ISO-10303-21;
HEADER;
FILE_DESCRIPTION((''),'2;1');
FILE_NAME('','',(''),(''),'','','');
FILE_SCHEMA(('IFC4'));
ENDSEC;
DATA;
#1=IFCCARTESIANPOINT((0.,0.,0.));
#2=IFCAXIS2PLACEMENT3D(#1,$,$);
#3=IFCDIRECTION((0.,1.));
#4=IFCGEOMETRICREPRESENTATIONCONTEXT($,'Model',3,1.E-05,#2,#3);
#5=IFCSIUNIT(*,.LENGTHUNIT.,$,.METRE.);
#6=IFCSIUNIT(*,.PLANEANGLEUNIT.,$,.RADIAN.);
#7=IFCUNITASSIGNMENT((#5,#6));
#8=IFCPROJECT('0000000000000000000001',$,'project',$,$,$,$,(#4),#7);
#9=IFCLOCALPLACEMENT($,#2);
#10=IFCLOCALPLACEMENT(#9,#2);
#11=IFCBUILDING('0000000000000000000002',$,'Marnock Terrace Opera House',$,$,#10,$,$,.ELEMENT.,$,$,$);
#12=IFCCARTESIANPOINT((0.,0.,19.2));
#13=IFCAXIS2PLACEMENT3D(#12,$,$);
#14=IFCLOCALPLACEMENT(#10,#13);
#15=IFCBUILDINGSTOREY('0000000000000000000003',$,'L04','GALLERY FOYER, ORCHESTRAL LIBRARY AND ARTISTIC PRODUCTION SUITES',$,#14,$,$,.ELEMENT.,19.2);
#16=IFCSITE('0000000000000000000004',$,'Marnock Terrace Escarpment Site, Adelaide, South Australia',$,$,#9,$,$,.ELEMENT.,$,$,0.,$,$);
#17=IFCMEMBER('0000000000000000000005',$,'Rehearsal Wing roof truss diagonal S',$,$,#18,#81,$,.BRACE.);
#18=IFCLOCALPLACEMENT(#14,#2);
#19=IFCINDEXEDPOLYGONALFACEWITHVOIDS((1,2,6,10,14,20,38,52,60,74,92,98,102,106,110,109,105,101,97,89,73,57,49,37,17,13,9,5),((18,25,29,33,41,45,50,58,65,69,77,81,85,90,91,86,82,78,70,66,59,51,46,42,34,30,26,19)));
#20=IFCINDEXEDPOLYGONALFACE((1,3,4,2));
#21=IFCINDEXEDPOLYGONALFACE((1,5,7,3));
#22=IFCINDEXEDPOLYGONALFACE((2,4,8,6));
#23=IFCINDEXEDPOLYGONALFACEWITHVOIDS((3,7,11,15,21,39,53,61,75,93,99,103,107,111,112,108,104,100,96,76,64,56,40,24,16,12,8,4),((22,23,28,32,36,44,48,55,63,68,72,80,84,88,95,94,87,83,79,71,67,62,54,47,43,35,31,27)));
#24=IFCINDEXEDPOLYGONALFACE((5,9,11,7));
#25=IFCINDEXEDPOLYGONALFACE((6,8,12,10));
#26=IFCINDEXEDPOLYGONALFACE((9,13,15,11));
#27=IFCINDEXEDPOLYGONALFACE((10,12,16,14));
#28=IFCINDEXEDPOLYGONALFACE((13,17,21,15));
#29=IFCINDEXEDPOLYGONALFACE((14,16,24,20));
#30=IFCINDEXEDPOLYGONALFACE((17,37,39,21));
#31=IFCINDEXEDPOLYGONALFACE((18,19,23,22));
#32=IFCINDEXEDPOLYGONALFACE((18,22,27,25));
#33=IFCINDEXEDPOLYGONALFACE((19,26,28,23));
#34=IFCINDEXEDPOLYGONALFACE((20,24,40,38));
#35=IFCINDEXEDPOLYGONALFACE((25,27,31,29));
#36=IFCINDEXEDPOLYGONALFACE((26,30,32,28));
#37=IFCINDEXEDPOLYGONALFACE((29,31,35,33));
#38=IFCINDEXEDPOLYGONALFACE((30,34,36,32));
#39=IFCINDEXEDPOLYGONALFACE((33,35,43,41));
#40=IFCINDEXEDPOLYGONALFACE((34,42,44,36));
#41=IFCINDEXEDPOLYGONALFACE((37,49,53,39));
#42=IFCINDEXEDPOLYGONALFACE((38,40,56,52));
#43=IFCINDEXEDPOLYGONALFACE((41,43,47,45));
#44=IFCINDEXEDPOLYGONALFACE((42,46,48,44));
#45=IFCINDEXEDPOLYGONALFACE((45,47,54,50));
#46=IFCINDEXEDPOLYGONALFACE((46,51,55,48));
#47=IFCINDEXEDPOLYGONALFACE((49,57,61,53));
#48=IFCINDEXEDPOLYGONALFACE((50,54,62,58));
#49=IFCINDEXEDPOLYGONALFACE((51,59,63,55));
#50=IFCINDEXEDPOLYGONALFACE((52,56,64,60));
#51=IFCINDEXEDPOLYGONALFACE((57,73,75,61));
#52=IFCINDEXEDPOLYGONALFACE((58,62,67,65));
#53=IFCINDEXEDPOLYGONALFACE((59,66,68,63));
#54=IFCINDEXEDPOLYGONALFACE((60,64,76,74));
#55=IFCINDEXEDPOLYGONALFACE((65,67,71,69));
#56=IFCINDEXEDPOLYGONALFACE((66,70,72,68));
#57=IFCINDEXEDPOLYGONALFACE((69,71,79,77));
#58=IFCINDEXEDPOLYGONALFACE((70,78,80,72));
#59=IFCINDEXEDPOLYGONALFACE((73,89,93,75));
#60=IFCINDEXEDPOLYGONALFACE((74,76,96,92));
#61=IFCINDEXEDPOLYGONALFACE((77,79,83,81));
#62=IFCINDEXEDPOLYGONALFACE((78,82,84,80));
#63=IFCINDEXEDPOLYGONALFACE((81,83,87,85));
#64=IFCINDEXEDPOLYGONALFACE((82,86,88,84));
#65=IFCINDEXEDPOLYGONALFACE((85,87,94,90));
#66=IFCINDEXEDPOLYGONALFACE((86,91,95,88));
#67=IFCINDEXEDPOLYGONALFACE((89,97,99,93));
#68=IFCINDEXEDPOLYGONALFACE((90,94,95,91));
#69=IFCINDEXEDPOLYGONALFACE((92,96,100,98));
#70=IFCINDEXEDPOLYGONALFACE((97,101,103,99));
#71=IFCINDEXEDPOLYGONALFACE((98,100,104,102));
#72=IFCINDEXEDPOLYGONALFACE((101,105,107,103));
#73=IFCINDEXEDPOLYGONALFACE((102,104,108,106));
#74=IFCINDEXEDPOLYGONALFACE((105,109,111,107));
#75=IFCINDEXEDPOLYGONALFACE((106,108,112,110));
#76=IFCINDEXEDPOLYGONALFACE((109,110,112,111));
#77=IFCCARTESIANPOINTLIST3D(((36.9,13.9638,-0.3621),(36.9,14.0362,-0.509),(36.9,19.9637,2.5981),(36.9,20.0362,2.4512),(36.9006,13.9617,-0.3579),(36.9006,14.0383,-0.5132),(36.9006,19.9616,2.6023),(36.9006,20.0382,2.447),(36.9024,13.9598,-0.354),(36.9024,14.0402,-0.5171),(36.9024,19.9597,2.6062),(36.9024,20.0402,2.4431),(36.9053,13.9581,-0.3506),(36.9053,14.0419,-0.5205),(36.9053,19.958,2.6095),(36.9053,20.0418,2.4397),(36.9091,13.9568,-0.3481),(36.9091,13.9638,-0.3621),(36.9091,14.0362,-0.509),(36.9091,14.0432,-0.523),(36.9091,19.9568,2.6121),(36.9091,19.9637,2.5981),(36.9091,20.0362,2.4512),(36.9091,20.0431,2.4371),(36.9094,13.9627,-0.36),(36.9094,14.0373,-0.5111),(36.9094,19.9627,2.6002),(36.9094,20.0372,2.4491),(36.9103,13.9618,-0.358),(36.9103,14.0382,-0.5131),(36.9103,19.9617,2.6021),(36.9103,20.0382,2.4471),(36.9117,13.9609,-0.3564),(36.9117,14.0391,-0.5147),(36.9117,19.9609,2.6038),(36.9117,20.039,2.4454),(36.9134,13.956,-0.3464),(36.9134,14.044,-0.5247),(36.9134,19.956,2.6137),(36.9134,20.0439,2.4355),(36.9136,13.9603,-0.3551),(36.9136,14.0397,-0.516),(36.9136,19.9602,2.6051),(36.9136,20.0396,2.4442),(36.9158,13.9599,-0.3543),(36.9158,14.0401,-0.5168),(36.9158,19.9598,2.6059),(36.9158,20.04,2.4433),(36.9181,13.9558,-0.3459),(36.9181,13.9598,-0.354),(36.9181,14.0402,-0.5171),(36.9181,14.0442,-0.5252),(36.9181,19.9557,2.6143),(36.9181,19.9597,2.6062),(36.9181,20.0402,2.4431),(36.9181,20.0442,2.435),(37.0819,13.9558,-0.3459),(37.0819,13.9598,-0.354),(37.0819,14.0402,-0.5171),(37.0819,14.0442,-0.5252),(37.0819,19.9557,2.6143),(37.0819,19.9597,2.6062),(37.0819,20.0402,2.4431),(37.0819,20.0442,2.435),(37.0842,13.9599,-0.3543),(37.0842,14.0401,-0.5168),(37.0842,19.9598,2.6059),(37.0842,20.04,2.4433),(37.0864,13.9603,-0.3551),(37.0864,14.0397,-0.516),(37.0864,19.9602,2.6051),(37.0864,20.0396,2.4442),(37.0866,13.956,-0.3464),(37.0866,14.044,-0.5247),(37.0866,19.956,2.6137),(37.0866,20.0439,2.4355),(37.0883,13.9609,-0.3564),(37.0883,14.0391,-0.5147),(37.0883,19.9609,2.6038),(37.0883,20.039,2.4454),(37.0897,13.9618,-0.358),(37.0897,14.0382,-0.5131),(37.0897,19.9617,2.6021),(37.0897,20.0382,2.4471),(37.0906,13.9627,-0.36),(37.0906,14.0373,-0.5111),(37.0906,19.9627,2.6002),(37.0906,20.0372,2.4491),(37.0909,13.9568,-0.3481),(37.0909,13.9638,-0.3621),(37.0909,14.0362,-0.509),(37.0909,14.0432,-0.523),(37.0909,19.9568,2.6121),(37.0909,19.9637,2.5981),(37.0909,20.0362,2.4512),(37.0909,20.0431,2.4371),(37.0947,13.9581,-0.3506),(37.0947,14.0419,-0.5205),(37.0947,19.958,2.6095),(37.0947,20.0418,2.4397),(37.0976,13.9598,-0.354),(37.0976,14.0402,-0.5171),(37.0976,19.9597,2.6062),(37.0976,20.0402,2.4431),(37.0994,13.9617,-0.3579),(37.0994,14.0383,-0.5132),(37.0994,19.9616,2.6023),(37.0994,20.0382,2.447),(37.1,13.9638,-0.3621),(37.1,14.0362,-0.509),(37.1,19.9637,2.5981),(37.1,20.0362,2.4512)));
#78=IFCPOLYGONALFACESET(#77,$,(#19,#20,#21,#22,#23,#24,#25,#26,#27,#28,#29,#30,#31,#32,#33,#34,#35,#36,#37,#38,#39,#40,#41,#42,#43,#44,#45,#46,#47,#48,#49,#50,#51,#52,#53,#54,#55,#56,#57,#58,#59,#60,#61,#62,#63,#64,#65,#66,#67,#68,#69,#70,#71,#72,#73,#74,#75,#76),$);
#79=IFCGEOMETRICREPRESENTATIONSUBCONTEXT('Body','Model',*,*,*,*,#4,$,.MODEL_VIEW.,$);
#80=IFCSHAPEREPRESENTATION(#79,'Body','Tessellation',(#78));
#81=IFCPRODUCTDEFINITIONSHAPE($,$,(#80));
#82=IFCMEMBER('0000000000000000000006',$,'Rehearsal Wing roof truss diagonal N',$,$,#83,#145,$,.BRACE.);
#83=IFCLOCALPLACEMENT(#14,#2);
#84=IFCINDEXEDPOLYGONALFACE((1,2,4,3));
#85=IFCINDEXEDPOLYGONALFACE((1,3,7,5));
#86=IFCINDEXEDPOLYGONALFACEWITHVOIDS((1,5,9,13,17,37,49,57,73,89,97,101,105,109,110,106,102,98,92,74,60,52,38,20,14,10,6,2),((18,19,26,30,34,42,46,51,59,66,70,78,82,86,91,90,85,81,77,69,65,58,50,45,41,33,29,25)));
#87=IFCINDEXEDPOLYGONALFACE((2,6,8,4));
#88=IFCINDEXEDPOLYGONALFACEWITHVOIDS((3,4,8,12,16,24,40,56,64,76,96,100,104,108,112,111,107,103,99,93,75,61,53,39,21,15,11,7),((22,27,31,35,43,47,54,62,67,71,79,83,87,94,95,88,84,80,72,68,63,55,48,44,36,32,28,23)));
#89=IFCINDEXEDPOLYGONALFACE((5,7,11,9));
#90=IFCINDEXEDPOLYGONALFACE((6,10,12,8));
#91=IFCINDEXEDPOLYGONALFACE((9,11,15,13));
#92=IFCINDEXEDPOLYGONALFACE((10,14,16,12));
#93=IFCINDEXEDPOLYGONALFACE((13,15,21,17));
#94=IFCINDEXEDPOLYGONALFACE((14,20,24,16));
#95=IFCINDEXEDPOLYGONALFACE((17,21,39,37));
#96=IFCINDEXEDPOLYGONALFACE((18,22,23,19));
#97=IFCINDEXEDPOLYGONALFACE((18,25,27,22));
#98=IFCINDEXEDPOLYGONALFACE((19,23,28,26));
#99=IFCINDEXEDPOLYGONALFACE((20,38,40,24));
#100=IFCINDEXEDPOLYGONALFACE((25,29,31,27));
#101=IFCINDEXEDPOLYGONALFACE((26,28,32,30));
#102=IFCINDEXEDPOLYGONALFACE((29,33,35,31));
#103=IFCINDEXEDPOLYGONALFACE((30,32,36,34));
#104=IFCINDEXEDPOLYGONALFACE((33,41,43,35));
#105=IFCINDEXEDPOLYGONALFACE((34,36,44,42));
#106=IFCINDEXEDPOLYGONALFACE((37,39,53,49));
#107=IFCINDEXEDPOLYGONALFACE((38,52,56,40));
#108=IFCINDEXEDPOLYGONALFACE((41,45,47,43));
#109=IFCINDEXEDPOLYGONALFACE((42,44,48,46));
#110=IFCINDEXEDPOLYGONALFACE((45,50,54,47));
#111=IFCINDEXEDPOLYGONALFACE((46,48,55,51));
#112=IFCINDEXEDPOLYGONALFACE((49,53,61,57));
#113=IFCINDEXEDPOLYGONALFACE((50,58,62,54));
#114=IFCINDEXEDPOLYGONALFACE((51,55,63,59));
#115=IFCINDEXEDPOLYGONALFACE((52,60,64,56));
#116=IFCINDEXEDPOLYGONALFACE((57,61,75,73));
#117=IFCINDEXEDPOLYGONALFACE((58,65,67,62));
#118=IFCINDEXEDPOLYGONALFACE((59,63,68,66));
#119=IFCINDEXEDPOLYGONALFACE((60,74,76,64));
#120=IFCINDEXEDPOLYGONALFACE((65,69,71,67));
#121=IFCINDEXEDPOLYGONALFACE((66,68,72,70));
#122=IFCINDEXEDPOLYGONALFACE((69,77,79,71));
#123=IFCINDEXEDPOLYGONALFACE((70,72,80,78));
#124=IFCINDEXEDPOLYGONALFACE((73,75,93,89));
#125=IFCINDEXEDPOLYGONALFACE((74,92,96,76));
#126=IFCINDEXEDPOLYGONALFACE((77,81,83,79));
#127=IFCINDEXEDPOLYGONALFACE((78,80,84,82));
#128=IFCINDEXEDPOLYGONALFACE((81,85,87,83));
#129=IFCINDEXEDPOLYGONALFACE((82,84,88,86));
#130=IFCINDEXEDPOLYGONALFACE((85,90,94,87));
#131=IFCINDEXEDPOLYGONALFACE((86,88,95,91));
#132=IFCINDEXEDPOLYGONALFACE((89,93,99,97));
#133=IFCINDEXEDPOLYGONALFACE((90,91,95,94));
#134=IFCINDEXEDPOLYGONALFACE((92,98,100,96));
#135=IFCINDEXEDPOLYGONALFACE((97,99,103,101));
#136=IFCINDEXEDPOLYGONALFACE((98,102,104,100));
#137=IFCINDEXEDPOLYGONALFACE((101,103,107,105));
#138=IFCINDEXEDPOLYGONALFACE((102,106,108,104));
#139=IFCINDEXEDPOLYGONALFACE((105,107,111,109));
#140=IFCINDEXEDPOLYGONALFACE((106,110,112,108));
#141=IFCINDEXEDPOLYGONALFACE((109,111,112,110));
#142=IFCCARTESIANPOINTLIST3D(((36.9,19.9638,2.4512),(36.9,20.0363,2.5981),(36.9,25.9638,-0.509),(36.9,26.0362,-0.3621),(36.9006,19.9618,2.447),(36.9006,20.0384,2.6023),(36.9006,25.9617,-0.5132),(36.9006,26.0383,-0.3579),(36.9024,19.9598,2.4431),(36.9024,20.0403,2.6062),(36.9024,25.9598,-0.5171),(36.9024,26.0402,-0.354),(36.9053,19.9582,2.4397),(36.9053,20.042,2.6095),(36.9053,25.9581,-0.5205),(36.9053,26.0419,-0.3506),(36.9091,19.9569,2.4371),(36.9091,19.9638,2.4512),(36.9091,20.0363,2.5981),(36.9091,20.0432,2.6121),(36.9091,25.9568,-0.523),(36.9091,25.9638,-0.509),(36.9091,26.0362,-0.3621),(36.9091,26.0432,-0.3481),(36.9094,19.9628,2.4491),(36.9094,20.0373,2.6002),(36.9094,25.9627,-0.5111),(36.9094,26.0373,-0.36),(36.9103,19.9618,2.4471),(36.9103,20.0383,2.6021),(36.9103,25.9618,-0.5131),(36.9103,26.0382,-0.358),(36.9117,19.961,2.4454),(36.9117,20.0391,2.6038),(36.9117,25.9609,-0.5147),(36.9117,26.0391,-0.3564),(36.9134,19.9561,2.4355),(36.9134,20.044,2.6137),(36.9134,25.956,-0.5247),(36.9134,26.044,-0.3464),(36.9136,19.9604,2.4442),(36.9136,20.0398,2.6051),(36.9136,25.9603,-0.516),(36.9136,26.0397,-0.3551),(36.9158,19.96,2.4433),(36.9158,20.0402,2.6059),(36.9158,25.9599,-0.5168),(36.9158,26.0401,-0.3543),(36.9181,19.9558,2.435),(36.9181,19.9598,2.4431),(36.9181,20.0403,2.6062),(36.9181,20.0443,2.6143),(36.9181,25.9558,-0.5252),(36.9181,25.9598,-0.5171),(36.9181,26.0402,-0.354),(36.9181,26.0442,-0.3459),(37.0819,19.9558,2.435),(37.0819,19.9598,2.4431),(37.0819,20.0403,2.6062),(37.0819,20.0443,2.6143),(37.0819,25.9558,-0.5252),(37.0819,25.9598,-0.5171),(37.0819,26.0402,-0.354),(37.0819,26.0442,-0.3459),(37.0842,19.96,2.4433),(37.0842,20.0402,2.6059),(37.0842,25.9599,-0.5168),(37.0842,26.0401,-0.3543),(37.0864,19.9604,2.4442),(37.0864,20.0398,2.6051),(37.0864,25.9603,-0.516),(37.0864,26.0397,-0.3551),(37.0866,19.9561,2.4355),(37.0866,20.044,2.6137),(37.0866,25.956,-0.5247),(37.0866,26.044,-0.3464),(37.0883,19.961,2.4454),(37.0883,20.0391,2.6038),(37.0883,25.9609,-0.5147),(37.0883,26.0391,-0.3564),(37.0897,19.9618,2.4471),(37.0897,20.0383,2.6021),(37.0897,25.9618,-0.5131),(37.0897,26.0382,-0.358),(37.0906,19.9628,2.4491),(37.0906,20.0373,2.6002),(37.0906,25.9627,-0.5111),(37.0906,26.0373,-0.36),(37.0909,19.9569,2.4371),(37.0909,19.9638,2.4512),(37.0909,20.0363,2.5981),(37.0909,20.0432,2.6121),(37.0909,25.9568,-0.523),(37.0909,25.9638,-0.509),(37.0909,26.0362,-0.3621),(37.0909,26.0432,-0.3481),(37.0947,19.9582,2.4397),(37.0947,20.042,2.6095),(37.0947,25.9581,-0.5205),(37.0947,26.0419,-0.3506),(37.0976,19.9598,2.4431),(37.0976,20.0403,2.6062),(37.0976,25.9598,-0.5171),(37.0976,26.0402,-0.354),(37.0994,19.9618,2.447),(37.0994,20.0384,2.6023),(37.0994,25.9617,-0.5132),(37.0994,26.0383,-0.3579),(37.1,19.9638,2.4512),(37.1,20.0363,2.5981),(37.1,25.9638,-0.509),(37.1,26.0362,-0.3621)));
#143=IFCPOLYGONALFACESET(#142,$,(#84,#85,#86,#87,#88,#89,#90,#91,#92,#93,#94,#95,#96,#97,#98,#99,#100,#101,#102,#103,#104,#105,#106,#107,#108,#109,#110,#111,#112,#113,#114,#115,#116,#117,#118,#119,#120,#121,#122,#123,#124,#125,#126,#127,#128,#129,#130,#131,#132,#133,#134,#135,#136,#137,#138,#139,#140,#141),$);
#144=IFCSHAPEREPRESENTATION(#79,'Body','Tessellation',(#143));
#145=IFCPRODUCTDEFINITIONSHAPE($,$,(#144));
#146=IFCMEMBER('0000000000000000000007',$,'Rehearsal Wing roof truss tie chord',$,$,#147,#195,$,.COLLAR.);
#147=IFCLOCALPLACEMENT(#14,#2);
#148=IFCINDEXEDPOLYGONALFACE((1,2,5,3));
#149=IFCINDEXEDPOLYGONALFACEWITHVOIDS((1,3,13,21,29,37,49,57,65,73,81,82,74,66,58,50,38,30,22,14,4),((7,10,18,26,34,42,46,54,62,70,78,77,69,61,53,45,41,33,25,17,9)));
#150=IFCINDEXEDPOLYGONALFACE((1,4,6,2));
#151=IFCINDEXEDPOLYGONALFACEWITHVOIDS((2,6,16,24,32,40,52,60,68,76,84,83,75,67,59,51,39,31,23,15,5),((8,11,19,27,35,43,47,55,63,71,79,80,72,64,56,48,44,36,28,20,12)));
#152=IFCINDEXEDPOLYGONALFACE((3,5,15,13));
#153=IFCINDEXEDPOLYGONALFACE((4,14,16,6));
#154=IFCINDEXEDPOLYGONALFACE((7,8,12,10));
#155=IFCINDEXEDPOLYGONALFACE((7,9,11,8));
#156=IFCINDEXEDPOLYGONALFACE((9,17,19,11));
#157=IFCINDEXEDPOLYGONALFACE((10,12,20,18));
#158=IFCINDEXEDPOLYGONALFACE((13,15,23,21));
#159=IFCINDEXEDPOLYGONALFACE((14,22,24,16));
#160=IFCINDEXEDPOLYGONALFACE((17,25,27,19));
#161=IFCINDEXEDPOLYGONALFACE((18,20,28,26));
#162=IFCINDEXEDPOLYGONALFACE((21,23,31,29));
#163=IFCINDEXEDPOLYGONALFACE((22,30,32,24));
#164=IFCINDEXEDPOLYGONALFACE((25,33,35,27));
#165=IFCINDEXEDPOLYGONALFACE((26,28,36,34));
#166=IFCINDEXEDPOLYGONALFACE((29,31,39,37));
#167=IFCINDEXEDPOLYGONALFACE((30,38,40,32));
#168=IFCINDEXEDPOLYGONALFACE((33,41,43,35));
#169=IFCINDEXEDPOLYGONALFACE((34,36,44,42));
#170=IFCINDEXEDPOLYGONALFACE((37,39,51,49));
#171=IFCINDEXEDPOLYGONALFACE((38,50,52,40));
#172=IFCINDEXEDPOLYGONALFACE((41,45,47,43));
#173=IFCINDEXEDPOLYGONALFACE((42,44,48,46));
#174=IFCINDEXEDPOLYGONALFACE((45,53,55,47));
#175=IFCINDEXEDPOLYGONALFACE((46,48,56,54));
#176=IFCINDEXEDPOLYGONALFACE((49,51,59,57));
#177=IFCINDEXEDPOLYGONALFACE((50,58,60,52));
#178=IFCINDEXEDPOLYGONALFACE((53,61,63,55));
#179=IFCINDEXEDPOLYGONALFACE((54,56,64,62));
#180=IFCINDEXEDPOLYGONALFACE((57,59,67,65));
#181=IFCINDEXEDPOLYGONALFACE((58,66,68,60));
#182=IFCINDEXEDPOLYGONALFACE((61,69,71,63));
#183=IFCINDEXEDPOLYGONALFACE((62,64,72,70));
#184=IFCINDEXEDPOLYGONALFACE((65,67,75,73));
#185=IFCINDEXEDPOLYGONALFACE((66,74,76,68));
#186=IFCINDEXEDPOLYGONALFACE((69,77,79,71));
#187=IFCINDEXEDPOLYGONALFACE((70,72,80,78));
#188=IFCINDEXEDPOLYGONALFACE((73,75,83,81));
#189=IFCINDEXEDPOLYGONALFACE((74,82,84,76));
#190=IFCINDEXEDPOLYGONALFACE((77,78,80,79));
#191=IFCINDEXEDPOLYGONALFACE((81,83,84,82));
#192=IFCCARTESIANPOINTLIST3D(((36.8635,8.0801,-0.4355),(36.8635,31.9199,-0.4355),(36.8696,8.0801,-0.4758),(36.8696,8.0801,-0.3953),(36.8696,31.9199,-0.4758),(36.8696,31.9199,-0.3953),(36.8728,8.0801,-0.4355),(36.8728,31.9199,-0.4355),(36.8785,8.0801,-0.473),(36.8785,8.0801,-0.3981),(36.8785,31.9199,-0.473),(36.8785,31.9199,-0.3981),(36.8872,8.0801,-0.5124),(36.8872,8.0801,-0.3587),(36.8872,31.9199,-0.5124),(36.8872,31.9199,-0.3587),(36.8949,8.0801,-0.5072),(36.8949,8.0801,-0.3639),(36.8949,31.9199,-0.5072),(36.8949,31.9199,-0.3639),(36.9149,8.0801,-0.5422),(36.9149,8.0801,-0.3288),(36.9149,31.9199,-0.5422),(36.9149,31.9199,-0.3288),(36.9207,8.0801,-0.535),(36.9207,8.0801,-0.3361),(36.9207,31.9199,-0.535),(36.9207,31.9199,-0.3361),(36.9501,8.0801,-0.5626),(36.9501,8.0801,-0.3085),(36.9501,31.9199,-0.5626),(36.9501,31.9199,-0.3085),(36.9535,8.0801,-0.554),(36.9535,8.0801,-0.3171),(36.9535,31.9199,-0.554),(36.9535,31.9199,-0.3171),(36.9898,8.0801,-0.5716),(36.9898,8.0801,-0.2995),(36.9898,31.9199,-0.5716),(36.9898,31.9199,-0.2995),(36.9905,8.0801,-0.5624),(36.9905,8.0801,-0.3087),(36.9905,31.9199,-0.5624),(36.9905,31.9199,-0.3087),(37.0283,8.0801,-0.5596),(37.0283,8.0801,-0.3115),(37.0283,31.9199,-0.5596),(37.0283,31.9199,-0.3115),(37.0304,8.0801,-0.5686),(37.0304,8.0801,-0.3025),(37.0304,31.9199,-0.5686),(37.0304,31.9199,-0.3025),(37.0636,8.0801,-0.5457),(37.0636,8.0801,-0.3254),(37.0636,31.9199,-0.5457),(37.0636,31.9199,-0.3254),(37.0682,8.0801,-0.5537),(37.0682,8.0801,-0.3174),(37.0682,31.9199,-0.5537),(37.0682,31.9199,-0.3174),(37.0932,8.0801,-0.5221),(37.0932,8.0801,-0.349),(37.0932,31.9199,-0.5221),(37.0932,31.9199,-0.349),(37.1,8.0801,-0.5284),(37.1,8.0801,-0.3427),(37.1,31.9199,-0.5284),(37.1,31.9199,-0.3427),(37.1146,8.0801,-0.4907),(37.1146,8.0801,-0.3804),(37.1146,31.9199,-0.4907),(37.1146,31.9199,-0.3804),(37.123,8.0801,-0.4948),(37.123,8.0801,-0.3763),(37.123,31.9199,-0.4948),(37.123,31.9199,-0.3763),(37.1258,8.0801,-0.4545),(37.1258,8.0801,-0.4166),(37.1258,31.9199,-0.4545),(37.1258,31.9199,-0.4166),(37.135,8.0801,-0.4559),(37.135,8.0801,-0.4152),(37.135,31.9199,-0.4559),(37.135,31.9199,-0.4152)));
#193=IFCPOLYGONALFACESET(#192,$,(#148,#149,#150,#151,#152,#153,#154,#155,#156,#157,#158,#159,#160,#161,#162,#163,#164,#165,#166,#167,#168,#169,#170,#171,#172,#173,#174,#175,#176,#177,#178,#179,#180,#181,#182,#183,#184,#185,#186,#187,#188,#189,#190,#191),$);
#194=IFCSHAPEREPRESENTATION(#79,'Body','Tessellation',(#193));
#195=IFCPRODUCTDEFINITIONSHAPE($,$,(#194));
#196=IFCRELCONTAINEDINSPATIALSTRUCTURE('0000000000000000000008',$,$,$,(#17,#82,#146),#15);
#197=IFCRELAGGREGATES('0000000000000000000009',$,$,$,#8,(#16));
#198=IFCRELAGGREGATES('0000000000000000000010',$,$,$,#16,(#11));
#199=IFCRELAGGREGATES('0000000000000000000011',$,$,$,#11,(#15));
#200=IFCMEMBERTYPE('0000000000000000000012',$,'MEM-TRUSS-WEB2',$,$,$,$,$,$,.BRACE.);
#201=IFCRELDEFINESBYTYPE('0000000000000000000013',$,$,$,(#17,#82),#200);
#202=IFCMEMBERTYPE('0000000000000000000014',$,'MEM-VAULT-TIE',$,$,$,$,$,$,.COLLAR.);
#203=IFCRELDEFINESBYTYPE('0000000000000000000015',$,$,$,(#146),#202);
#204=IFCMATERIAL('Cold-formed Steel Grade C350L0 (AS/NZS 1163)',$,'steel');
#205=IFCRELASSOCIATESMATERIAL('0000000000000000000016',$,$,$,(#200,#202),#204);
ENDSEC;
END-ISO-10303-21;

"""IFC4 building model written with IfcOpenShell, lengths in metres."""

from ifc_helpers import new_model, si_unit, direction, frame, origin, origin_2d, place, context, subcontext, project, spatial, hollow_rectangle, hollow_circle, extrude, material, material_profile, profile_set, type_object, element, save


model = new_model("IFC4")

# Units and contexts
model_context = context("Model", 3, precision=1e-05, world=origin(), true_north=direction((0.0, 1.0)))
body_context = subcontext(model_context, "Body", "Model", "MODEL_VIEW")
ifc_project = project(units=[si_unit("LENGTHUNIT", "METRE"), si_unit("PLANEANGLEUNIT", "RADIAN")], contexts=[model_context])

# Site, building, storey
site_placement = place(None, origin())
site = spatial("IfcSite", under=ifc_project, at=site_placement, Name="Marnock Terrace Escarpment Site, Adelaide, South Australia", CompositionType="ELEMENT", RefElevation=0.0)
building_placement = place(site_placement, origin())
building = spatial("IfcBuilding", under=site, at=building_placement, Name="Marnock Terrace Opera House", CompositionType="ELEMENT")
storey_placement = place(building_placement, frame((0.0, 0.0, 19.2)))
storey = spatial("IfcBuildingStorey", under=building, at=storey_placement, Name="L04", Description="GALLERY FOYER, ORCHESTRAL LIBRARY AND ARTISTIC PRODUCTION SUITES", CompositionType="ELEMENT", Elevation=19.2)

# Members
ifc_material_1 = material(Name="Cold-formed Steel Grade C350L0 (AS/NZS 1163)", Category="steel")
ifc_material_profile_1 = material_profile(ifc_material_1, hollow_rectangle(XDim=0.2, YDim=0.2, WallThickness=0.009, InnerFilletRadius=0.009, OuterFilletRadius=0.0181, at=origin_2d()))
ifc_profile_set_1 = profile_set([ifc_material_profile_1], Name="Cold-formed Steel Grade C350L0 (AS/NZS 1163)")
member_type_1 = type_object("IfcMemberType", Name="MEM-TRUSS-WEB2", PredefinedType="BRACE", material=ifc_profile_set_1)
for number, where, z_axis, x_axis, name in (
    (1, (37.0, 14.0, -0.4355), (0.0, 0.896794, 0.442449), (-1.0, 0.0, 0.0), "Rehearsal Wing roof truss diagonal S"),
    (2, (37.0, 26.0, -0.4355), (0.0, -0.896794, 0.442449), (1.0, 0.0, 0.0), "Rehearsal Wing roof truss diagonal N"),
):
    element("IfcMember", number, at=place(storey_placement, frame(where, z_axis=z_axis, x_axis=x_axis)), inside=storey, type_object=member_type_1, Name=name, PredefinedType="BRACE", context=body_context, shape_type="SweptSolid", body=[
        extrude(hollow_rectangle(XDim=0.2, YDim=0.2, WallThickness=0.009, InnerFilletRadius=0.009, OuterFilletRadius=0.0181, at=origin_2d()), origin(), (0.0, 0.0, 1.0), 6.6904),
    ])
ifc_material_profile_2 = material_profile(ifc_material_1, hollow_circle(Radius=0.1365, WallThickness=0.0093, at=origin_2d()))
ifc_profile_set_2 = profile_set([ifc_material_profile_2], Name="Cold-formed Steel Grade C350L0 (AS/NZS 1163)")
member_type_2 = type_object("IfcMemberType", Name="MEM-VAULT-TIE", PredefinedType="COLLAR", material=ifc_profile_set_2)
member_1_placement = place(storey_placement, frame((37.0, 8.0801, -0.4355), z_axis=(0.0, 1.0, 0.0), x_axis=(-1.0, 0.0, 0.0)))
element("IfcMember", 3, at=member_1_placement, inside=storey, type_object=member_type_2, Name="Rehearsal Wing roof truss tie chord", PredefinedType="COLLAR", context=body_context, shape_type="SweptSolid", body=[
    extrude(hollow_circle(Radius=0.1365, WallThickness=0.0093, at=origin_2d()), origin(), (0.0, 0.0, 1.0), 23.8398),
])

save(model, "model.ifc")
